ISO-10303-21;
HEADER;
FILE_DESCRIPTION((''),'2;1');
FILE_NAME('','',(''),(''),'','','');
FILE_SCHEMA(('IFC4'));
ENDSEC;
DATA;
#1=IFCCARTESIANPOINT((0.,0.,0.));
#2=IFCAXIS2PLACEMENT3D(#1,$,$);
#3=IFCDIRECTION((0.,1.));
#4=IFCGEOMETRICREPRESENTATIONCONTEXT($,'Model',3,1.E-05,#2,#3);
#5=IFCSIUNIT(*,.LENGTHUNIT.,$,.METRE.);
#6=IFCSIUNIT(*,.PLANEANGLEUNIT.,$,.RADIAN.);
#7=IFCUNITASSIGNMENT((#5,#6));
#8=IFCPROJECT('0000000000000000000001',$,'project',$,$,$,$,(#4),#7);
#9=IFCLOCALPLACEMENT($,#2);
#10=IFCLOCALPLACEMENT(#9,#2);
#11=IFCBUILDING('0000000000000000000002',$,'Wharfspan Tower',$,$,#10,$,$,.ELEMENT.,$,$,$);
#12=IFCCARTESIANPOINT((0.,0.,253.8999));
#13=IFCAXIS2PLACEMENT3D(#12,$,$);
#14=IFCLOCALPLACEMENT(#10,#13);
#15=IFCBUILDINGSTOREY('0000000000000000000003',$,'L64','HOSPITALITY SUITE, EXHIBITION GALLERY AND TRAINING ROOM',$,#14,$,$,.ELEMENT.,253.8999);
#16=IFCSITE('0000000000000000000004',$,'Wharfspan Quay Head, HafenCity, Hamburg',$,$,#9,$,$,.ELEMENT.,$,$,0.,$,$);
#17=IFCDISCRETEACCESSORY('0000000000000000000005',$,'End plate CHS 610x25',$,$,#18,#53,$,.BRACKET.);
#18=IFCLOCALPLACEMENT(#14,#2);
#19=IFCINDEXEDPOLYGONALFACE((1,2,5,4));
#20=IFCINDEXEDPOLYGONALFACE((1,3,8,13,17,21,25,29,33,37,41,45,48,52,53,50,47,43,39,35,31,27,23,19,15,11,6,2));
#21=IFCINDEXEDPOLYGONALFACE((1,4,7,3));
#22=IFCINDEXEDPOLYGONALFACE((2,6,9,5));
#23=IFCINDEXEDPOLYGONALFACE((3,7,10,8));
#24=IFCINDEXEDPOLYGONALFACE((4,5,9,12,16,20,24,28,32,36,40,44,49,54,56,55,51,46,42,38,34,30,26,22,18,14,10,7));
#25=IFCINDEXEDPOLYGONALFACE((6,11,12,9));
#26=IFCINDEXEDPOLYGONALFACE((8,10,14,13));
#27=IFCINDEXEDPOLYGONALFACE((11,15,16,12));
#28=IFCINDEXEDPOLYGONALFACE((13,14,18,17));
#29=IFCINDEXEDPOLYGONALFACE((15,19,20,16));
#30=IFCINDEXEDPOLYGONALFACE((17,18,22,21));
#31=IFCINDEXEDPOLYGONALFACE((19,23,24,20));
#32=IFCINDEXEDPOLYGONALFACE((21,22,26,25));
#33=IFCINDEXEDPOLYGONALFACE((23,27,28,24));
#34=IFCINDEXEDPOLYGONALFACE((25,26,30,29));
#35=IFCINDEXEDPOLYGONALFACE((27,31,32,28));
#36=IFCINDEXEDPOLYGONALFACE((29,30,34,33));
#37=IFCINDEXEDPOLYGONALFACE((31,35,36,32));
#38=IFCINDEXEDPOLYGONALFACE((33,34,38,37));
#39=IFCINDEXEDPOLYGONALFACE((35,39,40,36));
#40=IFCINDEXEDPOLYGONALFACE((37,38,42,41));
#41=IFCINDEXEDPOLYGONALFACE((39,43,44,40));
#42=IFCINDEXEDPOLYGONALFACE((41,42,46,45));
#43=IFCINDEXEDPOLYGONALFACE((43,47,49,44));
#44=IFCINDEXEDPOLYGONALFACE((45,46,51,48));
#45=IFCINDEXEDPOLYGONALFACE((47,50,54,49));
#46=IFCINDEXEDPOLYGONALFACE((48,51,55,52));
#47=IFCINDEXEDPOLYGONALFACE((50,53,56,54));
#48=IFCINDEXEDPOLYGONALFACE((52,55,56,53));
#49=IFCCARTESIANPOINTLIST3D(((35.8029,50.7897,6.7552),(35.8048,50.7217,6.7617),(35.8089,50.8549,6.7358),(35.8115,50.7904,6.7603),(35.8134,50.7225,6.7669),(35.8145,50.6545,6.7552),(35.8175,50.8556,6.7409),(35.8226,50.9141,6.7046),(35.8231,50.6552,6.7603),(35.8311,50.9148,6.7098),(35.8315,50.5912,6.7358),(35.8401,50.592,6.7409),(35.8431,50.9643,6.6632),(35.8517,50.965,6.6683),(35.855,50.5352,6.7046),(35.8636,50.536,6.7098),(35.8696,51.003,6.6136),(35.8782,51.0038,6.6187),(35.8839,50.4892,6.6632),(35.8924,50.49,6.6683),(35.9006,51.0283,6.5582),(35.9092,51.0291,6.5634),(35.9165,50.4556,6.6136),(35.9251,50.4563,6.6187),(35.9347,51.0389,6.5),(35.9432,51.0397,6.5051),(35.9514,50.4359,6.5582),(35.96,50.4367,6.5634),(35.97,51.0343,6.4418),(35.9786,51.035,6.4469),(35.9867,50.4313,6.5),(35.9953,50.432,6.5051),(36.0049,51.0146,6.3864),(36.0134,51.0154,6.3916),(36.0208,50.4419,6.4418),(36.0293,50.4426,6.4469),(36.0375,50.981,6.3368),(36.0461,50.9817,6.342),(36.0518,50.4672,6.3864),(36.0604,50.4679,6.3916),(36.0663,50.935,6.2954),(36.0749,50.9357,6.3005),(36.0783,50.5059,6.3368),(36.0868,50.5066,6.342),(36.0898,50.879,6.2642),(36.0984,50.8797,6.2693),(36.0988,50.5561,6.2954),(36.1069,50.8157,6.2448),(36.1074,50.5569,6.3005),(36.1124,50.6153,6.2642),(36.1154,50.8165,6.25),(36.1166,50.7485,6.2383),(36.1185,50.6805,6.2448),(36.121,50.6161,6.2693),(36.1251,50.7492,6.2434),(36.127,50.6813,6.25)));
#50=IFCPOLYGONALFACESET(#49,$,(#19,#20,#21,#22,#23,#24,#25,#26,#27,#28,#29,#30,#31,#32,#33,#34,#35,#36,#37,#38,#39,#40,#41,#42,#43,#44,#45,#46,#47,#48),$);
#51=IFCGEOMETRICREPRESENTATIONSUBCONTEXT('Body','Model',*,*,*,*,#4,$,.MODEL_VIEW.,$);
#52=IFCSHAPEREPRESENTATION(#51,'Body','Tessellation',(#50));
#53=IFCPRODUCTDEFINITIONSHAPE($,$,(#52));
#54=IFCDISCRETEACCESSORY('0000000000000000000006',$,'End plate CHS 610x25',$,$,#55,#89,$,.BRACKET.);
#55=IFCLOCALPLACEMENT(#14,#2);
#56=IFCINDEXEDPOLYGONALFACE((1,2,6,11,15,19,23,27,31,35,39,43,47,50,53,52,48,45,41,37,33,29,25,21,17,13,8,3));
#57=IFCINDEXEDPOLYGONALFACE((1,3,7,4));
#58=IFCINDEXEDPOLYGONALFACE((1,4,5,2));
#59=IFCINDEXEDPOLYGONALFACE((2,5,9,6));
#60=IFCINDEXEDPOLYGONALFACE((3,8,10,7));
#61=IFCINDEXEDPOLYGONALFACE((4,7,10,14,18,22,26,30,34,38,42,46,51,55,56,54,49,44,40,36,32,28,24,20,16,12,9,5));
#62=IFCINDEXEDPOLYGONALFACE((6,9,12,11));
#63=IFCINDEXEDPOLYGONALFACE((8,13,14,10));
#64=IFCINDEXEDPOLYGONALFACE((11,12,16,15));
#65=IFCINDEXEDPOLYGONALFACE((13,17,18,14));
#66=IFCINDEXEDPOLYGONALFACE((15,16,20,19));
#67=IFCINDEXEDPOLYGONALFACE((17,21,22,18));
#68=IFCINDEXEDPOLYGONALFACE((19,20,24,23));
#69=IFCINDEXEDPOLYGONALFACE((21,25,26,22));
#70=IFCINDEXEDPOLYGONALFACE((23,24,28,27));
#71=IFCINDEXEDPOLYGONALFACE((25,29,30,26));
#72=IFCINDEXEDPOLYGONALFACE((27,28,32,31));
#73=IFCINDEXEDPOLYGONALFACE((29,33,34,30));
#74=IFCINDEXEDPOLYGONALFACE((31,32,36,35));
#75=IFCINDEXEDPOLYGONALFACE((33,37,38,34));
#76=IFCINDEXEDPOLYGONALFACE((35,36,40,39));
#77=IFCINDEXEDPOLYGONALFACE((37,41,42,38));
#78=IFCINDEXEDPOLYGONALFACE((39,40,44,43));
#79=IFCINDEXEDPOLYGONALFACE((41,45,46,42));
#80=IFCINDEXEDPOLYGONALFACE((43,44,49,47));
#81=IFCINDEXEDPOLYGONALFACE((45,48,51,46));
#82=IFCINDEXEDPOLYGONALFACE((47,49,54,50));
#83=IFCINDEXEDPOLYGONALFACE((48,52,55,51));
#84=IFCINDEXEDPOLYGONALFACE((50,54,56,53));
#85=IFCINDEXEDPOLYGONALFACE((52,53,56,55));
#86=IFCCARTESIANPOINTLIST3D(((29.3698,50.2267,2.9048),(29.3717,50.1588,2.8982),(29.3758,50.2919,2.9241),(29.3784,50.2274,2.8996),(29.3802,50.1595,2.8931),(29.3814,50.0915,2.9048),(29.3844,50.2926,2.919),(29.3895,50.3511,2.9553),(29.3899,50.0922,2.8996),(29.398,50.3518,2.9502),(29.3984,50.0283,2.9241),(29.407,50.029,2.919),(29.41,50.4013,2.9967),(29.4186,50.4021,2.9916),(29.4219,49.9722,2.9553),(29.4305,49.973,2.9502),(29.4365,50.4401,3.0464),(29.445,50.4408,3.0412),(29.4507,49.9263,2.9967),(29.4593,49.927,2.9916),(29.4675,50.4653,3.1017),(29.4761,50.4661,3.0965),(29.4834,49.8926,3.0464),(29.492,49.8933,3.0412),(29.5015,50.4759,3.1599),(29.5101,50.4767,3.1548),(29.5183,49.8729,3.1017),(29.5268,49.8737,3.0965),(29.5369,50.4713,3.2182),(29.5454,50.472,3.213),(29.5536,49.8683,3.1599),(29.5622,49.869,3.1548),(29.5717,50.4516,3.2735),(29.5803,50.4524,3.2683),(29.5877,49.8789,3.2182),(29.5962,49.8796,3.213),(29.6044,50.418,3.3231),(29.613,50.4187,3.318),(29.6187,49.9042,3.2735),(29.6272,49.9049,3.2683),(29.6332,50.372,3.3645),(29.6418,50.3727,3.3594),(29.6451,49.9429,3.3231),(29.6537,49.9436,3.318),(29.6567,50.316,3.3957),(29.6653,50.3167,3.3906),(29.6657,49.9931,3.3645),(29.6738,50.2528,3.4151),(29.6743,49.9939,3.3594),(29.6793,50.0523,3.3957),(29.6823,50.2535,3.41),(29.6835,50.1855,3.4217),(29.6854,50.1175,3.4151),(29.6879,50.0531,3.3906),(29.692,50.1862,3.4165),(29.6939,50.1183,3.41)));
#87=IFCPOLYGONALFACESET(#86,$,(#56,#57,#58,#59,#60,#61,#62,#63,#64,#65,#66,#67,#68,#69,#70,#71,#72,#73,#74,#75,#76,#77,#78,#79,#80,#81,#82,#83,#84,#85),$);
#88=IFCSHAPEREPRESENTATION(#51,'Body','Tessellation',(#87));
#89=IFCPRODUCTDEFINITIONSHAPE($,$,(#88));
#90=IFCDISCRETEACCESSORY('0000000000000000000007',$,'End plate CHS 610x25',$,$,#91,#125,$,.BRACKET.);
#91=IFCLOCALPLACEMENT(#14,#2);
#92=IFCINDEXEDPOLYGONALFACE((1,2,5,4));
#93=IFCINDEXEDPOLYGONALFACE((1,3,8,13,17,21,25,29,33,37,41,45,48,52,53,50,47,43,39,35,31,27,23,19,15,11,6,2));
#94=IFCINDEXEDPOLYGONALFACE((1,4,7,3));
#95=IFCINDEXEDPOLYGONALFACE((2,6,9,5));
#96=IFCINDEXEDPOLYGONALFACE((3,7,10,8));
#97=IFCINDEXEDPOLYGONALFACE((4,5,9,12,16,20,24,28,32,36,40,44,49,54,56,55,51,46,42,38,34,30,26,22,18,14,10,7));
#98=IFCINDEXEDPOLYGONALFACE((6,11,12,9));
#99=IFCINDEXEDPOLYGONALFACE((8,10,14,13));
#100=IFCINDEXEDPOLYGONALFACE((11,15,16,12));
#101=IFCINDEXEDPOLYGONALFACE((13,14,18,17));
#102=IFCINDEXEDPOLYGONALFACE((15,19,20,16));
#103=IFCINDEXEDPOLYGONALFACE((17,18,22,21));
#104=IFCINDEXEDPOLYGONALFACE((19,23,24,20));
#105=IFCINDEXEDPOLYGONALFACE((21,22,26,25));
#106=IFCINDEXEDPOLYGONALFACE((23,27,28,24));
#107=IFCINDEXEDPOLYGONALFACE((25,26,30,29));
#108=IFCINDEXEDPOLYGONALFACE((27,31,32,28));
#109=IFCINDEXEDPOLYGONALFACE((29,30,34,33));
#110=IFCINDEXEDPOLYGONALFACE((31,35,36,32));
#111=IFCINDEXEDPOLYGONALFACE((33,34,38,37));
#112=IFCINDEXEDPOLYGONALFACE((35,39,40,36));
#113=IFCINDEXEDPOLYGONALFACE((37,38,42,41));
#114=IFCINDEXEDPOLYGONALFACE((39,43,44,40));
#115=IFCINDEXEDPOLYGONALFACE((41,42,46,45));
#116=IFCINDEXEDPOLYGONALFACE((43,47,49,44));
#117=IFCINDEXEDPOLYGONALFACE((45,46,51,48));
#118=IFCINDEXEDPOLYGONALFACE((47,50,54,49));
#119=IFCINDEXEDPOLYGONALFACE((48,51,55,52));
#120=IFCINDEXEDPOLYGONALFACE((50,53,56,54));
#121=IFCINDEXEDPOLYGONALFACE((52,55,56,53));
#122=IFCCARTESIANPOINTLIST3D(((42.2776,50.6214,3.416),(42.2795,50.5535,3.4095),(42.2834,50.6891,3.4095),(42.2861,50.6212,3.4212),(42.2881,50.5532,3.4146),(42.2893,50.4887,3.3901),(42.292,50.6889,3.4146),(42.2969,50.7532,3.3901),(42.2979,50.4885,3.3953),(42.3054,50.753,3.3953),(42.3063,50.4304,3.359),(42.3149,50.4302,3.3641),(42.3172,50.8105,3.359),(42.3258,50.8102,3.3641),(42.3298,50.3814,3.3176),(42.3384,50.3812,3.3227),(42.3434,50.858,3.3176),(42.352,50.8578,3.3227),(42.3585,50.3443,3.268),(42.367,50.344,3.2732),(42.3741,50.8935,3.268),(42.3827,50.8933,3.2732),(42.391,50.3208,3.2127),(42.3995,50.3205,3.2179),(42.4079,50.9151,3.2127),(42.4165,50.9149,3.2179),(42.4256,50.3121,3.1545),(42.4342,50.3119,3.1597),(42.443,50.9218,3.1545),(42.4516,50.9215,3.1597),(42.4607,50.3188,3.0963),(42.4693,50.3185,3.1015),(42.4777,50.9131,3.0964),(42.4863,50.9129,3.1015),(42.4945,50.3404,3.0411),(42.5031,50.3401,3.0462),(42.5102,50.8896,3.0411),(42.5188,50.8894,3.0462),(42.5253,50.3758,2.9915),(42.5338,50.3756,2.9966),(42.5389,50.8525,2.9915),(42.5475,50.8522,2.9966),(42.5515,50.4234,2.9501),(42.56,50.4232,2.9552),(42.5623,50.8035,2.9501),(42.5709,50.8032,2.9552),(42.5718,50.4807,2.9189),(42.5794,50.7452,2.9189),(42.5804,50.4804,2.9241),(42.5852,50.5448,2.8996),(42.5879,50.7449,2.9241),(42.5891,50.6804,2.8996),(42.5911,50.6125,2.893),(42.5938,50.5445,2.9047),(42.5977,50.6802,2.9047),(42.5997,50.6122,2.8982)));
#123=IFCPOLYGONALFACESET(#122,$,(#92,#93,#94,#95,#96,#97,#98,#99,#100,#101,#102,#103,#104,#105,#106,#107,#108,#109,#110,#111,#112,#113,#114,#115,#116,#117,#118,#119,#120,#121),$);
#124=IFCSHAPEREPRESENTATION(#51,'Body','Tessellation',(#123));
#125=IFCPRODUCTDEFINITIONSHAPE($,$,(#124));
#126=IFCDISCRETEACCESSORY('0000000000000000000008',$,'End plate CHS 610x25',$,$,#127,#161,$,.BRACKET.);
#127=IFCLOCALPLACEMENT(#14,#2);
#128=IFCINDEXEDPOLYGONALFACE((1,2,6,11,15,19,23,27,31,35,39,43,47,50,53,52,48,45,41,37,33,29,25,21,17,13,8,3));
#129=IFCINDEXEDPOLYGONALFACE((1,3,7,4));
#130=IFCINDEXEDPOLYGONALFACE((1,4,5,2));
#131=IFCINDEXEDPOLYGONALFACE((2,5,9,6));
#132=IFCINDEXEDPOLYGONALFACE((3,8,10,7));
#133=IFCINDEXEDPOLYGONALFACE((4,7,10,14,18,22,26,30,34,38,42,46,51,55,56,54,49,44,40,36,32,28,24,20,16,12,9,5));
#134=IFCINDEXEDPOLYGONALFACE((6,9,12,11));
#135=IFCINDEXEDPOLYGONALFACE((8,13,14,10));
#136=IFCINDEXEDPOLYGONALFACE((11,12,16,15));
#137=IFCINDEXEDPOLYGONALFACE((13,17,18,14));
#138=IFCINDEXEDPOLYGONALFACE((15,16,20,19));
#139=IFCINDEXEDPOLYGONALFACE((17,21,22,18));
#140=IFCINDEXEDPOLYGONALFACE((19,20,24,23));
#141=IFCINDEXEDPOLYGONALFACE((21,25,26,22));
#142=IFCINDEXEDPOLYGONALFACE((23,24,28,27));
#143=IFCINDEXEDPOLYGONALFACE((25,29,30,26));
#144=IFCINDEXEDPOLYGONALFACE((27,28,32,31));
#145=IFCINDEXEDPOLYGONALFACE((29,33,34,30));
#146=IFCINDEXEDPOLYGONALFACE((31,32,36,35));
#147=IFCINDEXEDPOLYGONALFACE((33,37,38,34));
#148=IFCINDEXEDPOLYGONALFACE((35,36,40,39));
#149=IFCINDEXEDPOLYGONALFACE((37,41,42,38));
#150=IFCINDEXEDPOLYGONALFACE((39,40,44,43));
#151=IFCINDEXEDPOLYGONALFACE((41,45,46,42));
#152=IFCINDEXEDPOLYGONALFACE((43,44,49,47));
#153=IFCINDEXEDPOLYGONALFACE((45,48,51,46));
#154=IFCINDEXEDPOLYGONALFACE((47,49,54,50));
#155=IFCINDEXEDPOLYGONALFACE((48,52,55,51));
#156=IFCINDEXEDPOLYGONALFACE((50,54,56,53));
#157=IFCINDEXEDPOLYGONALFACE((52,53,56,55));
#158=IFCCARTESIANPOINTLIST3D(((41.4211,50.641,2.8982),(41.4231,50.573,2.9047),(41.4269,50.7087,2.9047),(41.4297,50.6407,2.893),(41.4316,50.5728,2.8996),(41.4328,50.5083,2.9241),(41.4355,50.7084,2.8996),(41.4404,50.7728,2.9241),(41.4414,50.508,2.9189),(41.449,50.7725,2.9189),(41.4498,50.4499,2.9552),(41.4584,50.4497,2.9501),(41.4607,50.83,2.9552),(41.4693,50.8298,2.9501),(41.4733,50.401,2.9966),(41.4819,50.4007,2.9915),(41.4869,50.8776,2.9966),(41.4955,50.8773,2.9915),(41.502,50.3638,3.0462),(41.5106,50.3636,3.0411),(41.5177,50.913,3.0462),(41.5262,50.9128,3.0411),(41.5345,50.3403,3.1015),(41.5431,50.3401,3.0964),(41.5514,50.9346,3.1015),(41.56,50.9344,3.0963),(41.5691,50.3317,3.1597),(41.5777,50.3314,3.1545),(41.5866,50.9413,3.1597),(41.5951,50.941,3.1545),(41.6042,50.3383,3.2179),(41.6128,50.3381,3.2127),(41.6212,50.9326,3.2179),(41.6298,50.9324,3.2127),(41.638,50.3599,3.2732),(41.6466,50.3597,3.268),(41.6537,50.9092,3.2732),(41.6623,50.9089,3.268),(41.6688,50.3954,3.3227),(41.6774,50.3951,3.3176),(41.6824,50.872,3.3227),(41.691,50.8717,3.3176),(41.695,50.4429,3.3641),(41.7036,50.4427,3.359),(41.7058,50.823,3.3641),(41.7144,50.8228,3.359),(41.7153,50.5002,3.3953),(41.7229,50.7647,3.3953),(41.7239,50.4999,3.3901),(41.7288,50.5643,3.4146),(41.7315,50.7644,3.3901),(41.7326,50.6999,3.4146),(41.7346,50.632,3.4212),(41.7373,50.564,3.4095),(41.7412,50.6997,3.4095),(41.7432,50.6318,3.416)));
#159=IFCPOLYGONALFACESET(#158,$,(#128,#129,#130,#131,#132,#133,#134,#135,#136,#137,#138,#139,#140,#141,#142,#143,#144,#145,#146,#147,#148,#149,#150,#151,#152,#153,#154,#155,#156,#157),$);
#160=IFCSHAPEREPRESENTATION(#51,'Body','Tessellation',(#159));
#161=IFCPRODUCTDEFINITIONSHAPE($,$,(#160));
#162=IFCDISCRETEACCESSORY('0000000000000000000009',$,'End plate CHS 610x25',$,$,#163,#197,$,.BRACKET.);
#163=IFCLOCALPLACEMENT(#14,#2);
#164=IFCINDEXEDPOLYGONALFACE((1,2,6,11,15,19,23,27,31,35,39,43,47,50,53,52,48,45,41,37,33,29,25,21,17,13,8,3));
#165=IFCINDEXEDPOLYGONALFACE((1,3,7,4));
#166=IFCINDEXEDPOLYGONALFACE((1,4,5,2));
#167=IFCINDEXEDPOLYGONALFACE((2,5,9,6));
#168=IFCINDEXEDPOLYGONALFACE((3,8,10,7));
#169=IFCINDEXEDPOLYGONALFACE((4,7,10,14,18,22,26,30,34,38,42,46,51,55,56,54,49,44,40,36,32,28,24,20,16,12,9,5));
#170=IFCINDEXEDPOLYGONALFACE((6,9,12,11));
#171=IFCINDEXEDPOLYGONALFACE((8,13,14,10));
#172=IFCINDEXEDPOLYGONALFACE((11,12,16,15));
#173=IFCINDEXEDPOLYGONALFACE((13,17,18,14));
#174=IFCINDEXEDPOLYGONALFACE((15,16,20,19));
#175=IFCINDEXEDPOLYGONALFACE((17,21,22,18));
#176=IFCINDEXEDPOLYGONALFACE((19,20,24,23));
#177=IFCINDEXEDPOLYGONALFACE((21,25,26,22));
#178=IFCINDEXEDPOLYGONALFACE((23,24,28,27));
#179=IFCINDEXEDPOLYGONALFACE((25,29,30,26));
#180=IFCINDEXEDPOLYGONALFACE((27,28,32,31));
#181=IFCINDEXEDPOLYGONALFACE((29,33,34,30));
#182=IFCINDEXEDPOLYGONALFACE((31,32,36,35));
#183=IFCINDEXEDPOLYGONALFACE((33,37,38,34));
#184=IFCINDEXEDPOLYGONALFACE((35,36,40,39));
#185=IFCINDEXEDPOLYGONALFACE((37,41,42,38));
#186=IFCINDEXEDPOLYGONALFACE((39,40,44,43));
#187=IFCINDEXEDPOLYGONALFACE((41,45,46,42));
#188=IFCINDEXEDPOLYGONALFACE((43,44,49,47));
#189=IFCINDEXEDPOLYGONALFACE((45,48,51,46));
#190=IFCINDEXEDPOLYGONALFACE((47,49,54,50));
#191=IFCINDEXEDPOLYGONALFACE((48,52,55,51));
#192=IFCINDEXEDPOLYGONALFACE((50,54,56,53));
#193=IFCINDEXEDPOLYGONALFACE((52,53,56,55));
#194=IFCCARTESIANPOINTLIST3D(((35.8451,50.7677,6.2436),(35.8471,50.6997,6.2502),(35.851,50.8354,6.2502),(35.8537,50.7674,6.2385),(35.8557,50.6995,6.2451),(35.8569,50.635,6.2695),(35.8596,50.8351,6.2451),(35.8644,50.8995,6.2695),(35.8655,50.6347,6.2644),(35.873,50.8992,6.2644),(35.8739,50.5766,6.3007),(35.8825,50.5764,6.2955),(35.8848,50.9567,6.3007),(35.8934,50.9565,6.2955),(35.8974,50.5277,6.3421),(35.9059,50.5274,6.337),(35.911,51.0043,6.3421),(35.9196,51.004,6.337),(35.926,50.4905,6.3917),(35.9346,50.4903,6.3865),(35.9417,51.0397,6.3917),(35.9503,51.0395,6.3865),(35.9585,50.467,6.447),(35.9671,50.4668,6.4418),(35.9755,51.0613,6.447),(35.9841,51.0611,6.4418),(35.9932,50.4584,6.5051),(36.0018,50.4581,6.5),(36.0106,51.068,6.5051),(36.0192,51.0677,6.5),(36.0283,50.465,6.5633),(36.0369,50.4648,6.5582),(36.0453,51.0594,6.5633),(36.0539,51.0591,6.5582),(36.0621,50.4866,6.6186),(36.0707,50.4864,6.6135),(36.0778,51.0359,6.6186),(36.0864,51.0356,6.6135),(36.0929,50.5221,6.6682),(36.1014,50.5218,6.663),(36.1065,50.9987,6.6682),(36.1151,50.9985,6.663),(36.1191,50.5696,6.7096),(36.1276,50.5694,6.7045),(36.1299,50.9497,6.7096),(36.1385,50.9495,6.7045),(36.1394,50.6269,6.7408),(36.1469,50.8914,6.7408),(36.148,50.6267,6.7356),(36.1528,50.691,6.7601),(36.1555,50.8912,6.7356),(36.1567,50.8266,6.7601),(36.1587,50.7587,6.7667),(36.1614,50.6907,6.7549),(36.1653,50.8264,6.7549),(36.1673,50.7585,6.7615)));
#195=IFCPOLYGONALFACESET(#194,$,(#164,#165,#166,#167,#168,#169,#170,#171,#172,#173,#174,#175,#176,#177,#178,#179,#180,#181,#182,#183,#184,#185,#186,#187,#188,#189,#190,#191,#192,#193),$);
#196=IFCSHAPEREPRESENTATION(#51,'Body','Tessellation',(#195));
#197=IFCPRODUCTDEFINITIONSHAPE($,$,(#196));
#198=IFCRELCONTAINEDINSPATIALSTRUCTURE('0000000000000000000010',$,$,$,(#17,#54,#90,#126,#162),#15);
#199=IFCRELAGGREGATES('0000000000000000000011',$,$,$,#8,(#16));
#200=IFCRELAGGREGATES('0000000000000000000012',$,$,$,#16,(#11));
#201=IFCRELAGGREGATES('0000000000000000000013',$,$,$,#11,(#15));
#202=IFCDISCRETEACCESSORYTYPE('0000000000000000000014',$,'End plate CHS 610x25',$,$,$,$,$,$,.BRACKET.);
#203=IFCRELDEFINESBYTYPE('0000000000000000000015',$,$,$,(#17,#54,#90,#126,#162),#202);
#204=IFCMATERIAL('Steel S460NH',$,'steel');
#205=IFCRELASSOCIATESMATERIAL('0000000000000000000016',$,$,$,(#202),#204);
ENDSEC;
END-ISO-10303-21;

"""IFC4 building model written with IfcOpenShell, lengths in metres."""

from ifc_helpers import new_model, si_unit, direction, frame, origin, origin_2d, place, context, subcontext, project, spatial, circle, extrude, material, material_profile, profile_set, type_object, element, save


model = new_model("IFC4")

# Units and contexts
model_context = context("Model", 3, precision=1e-05, world=origin(), true_north=direction((0.0, 1.0)))
body_context = subcontext(model_context, "Body", "Model", "MODEL_VIEW")
ifc_project = project(units=[si_unit("LENGTHUNIT", "METRE"), si_unit("PLANEANGLEUNIT", "RADIAN")], contexts=[model_context])

# Site, building, storey
site_placement = place(None, origin())
site = spatial("IfcSite", under=ifc_project, at=site_placement, Name="Wharfspan Quay Head, HafenCity, Hamburg", CompositionType="ELEMENT", RefElevation=0.0)
building_placement = place(site_placement, origin())
building = spatial("IfcBuilding", under=site, at=building_placement, Name="Wharfspan Tower", CompositionType="ELEMENT")
storey_placement = place(building_placement, frame((0.0, 0.0, 253.8999)))
storey = spatial("IfcBuildingStorey", under=building, at=storey_placement, Name="L64", Description="HOSPITALITY SUITE, EXHIBITION GALLERY AND TRAINING ROOM", CompositionType="ELEMENT", Elevation=253.8999)

# Shared definitions
ifc_material_1 = material(Name="Steel S460NH", Category="steel")

# Discrete accessories
ifc_material_profile_1 = material_profile(ifc_material_1, circle(Radius=0.3049, at=origin_2d()))
ifc_profile_set_1 = profile_set([ifc_material_profile_1], Name="Steel S460NH")
discrete_accessory_type = type_object("IfcDiscreteAccessoryType", Name="End plate CHS 610x25", PredefinedType="BRACKET", material=ifc_profile_set_1)
for number, where, z_axis, x_axis, name in (
    (1, (35.9607, 50.7351, 6.5), (0.855186, 0.073302, 0.513112), (-0.085402, 0.996345, 0.000001), "End plate CHS 610x25"),
    (2, (29.5361, 50.1729, 3.1548), (-0.855186, -0.073302, 0.513112), (0.085402, -0.996345, 0.000001), "End plate CHS 610x25"),
    (3, (42.4343, 50.6169, 3.1545), (0.857236, -0.024492, 0.514341), (0.028558, 0.999591, 0.000002), "End plate CHS 610x25"),
    (4, (41.5864, 50.6362, 3.1545), (-0.857236, 0.024492, 0.514341), (-0.028558, -0.999591, 0.000002), "End plate CHS 610x25"),
    (5, (36.0105, 50.7629, 6.5), (-0.857236, 0.024492, 0.514341), (-0.028558, -0.999591, 0.000002), "End plate CHS 610x25"),
):
    element("IfcDiscreteAccessory", number, at=place(storey_placement, frame(where, z_axis=z_axis, x_axis=x_axis)), inside=storey, type_object=discrete_accessory_type, Name=name, PredefinedType="BRACKET", context=body_context, shape_type="SweptSolid", body=[
        extrude(circle(Radius=0.3049, at=origin_2d()), origin(), (0.0, 0.0, 1.0), 0.01),
    ])

save(model, "model.ifc")
